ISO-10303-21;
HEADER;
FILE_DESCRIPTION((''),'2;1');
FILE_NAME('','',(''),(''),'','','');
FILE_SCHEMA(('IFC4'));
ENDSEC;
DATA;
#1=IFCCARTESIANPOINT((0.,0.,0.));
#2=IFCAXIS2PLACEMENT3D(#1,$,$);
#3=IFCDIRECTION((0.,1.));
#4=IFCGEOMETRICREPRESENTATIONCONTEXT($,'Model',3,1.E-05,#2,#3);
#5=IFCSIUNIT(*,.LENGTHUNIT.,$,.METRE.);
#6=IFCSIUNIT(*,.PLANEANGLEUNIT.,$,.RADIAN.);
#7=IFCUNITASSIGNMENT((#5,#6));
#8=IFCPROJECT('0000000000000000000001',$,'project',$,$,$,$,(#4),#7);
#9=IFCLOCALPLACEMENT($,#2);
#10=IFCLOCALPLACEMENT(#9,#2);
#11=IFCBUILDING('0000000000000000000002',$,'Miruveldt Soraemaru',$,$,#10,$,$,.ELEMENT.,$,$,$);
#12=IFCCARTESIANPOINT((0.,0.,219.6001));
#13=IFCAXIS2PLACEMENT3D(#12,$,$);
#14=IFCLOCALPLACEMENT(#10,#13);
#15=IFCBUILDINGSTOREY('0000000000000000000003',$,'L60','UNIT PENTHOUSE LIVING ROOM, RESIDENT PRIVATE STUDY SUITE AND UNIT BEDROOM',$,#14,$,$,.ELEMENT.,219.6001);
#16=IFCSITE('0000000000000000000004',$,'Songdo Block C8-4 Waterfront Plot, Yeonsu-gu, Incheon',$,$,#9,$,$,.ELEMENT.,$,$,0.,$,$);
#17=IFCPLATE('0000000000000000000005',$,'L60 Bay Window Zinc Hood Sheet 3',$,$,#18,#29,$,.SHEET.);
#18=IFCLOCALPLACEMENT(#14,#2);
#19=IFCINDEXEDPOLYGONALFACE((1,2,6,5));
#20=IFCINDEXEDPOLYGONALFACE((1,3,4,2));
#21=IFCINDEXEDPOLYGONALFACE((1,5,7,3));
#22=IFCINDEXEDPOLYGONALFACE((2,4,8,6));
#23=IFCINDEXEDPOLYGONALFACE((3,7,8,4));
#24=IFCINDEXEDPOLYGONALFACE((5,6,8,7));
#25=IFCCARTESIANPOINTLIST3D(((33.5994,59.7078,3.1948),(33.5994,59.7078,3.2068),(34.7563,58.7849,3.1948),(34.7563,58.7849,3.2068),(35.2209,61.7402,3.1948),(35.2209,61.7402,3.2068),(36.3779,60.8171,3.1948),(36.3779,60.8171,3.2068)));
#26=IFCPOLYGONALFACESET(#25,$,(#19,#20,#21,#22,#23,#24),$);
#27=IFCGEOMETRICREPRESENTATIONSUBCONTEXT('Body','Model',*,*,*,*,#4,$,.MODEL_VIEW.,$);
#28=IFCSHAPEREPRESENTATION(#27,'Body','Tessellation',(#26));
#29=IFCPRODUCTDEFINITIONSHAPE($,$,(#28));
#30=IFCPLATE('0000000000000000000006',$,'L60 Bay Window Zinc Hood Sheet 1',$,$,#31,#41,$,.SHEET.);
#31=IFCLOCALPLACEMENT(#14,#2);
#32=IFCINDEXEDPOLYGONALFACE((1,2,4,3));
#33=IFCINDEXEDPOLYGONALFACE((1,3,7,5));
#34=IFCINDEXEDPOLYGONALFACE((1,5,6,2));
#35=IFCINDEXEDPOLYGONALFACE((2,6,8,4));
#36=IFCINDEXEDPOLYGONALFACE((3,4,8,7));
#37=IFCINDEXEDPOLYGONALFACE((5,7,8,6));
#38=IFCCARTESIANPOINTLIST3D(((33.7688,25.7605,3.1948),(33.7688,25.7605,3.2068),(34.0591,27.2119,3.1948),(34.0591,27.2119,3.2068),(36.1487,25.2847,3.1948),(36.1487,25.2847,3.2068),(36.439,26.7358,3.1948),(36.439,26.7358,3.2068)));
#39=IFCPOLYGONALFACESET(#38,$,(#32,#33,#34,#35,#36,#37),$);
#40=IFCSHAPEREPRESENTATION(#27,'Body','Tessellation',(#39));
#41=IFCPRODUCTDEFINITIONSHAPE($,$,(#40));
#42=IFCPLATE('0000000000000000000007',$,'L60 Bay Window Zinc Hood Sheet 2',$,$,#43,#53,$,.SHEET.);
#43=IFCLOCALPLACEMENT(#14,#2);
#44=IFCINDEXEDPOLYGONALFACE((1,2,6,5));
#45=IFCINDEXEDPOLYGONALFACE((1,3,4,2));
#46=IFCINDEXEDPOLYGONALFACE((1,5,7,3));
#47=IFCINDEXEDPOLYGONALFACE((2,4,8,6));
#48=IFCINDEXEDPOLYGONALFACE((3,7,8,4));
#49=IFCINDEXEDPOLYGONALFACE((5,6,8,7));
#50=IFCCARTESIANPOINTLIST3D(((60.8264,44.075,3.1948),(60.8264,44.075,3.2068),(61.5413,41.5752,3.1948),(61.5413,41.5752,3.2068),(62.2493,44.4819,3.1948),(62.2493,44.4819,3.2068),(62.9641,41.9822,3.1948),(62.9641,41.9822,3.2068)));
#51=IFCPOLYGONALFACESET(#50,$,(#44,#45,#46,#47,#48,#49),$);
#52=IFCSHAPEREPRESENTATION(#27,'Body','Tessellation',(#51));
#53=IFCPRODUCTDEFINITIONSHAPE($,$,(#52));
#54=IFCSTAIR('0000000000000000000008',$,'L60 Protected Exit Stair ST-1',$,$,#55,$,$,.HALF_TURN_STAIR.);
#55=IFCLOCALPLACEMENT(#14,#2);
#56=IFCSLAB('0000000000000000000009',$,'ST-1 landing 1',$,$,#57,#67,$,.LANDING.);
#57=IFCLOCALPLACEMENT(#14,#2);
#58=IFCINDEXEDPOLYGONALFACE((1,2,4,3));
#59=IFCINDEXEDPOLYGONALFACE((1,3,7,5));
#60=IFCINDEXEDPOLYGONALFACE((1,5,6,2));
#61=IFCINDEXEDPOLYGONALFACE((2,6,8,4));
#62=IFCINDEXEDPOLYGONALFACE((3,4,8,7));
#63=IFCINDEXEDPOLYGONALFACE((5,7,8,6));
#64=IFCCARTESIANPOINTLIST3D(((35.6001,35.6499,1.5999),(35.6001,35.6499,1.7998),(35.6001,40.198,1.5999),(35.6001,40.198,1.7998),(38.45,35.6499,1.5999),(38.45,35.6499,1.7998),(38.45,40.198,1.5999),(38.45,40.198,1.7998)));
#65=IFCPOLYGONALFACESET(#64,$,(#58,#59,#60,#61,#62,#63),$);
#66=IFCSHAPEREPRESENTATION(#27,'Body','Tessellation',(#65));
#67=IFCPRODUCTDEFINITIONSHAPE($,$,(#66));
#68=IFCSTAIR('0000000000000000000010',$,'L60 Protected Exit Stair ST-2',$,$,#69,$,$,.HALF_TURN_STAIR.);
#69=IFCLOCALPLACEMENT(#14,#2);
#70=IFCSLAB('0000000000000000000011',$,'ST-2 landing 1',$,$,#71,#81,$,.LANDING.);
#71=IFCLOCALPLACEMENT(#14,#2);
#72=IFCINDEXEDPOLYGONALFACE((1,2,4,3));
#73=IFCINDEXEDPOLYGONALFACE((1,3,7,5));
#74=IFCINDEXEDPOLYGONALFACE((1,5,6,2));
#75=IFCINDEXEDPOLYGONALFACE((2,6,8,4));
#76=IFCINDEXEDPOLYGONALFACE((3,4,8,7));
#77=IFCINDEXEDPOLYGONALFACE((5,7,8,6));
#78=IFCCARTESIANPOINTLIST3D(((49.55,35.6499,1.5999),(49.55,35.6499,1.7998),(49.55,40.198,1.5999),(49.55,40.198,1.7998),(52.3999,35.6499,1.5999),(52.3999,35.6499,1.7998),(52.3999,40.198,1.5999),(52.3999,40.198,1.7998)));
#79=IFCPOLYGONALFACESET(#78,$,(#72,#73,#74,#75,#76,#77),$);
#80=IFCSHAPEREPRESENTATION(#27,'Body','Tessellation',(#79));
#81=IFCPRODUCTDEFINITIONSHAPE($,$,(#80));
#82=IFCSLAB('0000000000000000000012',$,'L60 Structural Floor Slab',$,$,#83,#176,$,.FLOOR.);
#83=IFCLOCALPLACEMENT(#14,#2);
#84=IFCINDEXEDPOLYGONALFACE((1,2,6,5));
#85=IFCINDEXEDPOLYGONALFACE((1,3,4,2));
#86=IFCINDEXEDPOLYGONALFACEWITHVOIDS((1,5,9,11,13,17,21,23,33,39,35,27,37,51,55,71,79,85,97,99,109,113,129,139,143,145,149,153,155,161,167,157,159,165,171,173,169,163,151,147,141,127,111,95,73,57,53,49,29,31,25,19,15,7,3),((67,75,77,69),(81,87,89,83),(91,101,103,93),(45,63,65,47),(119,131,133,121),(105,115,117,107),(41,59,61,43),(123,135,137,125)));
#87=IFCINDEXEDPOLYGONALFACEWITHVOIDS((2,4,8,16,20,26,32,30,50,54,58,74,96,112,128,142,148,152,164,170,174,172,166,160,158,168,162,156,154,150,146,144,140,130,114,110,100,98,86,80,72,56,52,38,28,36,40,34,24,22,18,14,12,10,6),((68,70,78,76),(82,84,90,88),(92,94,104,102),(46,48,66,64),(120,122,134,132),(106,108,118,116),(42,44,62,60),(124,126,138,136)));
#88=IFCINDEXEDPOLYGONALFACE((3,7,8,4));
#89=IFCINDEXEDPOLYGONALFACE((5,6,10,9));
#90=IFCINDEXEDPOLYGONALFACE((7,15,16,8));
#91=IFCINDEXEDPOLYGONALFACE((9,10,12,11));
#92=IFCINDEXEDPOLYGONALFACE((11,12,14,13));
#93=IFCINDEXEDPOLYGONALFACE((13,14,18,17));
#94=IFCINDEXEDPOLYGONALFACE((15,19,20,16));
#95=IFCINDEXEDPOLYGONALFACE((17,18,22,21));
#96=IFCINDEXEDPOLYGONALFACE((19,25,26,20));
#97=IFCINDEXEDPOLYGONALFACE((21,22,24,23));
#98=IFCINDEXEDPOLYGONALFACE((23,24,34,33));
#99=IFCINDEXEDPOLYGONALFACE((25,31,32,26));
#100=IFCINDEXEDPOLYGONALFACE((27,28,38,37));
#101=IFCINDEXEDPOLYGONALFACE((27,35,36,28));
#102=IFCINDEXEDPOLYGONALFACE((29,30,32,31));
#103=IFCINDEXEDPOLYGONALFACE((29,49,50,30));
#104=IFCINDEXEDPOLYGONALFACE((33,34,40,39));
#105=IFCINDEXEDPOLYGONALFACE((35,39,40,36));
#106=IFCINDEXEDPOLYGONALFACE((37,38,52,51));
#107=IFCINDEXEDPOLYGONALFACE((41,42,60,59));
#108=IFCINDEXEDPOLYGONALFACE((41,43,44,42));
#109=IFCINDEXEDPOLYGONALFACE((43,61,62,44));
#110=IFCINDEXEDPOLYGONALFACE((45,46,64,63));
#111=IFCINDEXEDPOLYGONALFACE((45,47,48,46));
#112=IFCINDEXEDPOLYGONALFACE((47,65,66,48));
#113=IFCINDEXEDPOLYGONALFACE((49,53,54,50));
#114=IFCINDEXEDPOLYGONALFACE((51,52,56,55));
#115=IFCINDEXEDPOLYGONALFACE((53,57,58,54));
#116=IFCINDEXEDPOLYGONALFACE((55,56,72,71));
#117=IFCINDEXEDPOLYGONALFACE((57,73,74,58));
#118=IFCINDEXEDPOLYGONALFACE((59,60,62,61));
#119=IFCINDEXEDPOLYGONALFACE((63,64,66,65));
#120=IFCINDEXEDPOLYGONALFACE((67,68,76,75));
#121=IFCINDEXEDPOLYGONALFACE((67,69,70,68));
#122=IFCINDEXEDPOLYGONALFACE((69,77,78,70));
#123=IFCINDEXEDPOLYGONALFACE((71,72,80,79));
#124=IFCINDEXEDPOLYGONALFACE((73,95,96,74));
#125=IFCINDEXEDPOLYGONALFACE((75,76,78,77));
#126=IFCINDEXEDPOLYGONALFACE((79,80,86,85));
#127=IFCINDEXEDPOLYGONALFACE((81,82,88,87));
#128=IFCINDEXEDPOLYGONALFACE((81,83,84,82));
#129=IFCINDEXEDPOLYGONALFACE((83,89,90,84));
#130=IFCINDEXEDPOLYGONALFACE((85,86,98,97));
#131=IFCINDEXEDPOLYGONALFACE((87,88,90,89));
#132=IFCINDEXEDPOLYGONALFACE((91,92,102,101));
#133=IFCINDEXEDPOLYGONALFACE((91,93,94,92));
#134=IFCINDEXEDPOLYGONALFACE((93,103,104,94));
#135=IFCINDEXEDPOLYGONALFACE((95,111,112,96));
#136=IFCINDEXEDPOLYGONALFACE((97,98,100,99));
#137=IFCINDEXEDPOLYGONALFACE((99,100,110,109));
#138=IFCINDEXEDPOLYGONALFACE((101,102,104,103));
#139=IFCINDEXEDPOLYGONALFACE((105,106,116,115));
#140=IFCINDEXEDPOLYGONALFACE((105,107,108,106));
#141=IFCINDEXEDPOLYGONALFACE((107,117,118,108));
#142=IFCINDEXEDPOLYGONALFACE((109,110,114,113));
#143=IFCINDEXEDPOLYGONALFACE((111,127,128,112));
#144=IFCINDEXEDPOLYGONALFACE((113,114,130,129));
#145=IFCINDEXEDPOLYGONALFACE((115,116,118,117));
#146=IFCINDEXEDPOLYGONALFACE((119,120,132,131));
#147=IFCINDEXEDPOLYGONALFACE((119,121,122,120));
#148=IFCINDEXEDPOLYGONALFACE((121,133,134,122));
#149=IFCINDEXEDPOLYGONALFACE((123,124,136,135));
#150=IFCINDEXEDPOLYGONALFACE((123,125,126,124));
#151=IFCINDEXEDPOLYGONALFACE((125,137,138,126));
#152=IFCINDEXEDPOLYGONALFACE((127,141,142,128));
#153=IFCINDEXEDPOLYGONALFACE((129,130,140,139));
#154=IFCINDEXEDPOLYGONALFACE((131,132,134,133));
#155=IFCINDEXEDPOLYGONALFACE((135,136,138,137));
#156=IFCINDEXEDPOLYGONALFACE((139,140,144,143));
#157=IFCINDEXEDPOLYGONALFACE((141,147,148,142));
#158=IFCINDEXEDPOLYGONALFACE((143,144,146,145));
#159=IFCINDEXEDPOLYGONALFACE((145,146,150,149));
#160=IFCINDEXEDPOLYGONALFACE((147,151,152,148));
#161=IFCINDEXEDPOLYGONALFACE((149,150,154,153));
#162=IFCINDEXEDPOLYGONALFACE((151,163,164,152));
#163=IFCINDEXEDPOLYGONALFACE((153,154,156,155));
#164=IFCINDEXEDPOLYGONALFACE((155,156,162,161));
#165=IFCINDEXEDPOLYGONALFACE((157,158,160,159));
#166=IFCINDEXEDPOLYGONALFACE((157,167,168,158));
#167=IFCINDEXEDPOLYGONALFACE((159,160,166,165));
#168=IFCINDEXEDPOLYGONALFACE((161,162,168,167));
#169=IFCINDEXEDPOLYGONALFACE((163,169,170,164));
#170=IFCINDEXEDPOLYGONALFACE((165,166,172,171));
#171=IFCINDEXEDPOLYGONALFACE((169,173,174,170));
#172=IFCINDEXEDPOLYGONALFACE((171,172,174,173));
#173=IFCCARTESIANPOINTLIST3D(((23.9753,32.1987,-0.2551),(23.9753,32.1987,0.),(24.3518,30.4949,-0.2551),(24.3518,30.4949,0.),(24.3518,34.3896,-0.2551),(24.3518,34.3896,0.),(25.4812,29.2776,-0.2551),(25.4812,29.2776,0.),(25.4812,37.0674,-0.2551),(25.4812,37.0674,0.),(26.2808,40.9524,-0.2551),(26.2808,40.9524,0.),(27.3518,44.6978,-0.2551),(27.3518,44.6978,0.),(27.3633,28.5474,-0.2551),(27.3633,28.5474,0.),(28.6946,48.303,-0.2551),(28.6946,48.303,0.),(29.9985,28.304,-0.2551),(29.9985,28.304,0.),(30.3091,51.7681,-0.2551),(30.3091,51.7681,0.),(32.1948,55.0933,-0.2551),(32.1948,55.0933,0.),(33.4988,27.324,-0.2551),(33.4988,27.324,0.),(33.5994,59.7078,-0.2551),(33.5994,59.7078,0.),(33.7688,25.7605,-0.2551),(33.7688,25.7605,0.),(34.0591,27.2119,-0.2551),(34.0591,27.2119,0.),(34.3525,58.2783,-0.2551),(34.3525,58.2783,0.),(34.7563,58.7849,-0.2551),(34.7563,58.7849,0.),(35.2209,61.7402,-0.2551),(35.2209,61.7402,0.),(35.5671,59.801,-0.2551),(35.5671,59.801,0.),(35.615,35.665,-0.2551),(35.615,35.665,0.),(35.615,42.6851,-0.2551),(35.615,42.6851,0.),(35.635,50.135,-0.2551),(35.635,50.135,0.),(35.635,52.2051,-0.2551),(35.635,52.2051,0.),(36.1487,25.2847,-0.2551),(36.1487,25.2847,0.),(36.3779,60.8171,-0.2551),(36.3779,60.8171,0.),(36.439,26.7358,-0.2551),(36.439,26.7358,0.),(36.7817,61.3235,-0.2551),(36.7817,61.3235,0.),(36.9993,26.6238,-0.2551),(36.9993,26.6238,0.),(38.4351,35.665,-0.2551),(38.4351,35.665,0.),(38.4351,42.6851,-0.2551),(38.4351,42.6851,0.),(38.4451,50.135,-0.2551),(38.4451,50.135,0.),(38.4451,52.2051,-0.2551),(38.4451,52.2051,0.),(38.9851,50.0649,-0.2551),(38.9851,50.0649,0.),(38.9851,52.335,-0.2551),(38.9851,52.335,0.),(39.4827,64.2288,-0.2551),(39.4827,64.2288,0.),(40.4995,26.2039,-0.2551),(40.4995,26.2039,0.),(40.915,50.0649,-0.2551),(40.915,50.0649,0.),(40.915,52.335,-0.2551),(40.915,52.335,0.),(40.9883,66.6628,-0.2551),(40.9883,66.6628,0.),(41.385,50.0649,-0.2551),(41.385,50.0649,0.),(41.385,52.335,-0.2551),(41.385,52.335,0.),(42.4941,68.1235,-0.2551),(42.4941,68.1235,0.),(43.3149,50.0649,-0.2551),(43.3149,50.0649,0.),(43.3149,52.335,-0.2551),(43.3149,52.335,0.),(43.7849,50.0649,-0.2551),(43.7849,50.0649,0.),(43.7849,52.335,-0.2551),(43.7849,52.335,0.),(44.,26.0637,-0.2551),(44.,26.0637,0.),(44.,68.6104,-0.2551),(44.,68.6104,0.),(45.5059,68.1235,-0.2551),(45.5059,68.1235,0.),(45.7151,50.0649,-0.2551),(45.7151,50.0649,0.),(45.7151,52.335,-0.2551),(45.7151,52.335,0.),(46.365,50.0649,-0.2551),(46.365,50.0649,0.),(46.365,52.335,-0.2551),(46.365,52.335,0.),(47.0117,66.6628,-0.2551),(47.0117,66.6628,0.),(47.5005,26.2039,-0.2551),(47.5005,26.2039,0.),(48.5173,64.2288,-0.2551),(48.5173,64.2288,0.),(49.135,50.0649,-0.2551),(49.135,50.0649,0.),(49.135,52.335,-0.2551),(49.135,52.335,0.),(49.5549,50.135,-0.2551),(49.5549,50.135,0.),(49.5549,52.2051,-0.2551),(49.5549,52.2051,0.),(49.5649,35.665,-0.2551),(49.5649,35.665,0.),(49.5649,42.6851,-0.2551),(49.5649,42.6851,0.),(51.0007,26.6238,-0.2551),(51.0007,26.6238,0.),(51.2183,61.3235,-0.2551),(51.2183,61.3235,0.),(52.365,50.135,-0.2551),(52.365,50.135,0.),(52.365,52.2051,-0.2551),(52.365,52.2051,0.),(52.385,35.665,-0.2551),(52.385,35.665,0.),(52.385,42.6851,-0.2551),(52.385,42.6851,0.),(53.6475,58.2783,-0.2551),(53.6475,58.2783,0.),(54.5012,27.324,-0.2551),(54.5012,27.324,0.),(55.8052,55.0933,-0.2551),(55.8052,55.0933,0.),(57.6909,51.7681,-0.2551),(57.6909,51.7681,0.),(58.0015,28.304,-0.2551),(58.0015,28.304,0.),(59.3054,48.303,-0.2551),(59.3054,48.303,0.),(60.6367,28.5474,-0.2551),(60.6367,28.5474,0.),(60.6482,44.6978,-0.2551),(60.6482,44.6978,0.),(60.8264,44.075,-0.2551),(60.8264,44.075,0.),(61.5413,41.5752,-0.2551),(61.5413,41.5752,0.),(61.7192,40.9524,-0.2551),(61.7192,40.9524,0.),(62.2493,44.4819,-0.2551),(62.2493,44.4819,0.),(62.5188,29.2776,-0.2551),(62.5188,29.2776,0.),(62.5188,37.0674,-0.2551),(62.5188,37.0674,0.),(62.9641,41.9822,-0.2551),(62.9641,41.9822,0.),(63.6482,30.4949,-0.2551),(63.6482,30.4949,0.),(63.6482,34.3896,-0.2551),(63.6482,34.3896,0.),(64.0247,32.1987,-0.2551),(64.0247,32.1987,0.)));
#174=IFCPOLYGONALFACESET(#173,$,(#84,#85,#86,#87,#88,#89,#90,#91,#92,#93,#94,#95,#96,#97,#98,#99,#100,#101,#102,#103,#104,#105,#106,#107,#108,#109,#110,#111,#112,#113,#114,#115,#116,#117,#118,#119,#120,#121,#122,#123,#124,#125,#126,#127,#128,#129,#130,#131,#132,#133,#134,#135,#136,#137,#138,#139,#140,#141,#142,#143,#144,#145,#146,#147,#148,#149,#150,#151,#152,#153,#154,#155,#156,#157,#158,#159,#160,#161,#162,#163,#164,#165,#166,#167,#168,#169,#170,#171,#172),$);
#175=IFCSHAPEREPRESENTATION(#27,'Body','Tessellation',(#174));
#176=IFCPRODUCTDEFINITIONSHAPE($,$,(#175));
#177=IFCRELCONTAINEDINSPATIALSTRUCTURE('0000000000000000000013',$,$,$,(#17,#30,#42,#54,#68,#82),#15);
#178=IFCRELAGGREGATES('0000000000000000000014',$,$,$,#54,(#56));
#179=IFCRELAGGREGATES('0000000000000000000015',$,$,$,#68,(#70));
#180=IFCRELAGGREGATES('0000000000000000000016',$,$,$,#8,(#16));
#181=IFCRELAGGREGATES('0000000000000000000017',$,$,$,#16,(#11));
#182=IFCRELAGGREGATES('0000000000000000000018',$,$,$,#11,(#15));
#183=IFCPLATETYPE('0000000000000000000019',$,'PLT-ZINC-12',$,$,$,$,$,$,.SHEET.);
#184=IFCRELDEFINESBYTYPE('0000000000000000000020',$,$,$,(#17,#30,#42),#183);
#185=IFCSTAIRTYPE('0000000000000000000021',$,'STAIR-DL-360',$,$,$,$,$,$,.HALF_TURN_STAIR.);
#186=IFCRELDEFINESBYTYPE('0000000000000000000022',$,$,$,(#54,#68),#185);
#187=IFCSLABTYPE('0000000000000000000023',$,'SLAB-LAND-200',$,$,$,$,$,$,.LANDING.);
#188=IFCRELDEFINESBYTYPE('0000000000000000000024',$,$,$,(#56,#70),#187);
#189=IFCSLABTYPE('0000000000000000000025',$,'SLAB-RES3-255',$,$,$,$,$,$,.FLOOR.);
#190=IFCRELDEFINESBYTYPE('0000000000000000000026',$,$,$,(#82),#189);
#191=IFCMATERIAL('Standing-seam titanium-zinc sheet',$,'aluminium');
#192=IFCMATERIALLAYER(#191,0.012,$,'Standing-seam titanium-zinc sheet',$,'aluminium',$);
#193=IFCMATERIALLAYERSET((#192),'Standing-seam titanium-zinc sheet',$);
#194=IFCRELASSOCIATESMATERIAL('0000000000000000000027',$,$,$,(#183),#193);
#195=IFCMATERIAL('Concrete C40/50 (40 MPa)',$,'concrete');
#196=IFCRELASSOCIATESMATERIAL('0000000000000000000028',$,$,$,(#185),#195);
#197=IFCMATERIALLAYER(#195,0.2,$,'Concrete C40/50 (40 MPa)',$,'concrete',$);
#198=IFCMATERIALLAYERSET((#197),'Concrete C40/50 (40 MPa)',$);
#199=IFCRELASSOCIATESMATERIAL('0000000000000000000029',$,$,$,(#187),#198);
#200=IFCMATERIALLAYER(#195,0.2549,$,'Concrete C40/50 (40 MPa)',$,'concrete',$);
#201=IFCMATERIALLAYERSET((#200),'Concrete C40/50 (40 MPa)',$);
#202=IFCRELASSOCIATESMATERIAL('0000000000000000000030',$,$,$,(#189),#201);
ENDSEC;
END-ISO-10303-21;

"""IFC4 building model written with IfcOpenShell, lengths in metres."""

from ifc_helpers import new_model, si_unit, direction, frame, origin, place, context, subcontext, project, spatial, polyline, outline, extrude, material, layer, layer_set, type_object, element, aggregate, save


model = new_model("IFC4")

# Units and contexts
model_context = context("Model", 3, precision=1e-05, world=origin(), true_north=direction((0.0, 1.0)))
body_context = subcontext(model_context, "Body", "Model", "MODEL_VIEW")
ifc_project = project(units=[si_unit("LENGTHUNIT", "METRE"), si_unit("PLANEANGLEUNIT", "RADIAN")], contexts=[model_context])

# Site, building, storey
site_placement = place(None, origin())
site = spatial("IfcSite", under=ifc_project, at=site_placement, Name="Songdo Block C8-4 Waterfront Plot, Yeonsu-gu, Incheon", CompositionType="ELEMENT", RefElevation=0.0)
building_placement = place(site_placement, origin())
building = spatial("IfcBuilding", under=site, at=building_placement, Name="Miruveldt Soraemaru", CompositionType="ELEMENT")
storey_placement = place(building_placement, frame((0.0, 0.0, 219.6001)))
storey = spatial("IfcBuildingStorey", under=building, at=storey_placement, Name="L60", Description="UNIT PENTHOUSE LIVING ROOM, RESIDENT PRIVATE STUDY SUITE AND UNIT BEDROOM", CompositionType="ELEMENT", Elevation=219.6001)

# Plates
ifc_material_1 = material(Name="Standing-seam titanium-zinc sheet", Category="aluminium")
ifc_layer_1 = layer(ifc_material_1, 0.012, Name="Standing-seam titanium-zinc sheet", Category="aluminium")
ifc_layer_set_1 = layer_set([ifc_layer_1], Name="Standing-seam titanium-zinc sheet")
plate_type = type_object("IfcPlateType", Name="PLT-ZINC-12", PredefinedType="SHEET", material=ifc_layer_set_1)
plate_1_placement = place(storey_placement, frame((0.0, 0.0, 3.1948)))
element("IfcPlate", 1, at=plate_1_placement, inside=storey, type_object=plate_type, Name="L60 Bay Window Zinc Hood Sheet 3", PredefinedType="SHEET", context=body_context, shape_type="SweptSolid", body=[
    extrude(outline(polyline([(36.3779, 60.8171), (34.7563, 58.7849), (33.5994, 59.7078), (35.2209, 61.7402), (36.3779, 60.8171)])), origin(), (0.0, 0.0, 1.0), 0.012),
])
plate_2_placement = place(storey_placement, frame((0.0, 0.0, 3.1948)))
element("IfcPlate", 2, at=plate_2_placement, inside=storey, type_object=plate_type, Name="L60 Bay Window Zinc Hood Sheet 1", PredefinedType="SHEET", context=body_context, shape_type="SweptSolid", body=[
    extrude(outline(polyline([(34.0591, 27.2119), (36.439, 26.7358), (36.1487, 25.2847), (33.7688, 25.7605), (34.0591, 27.2119)])), origin(), (0.0, 0.0, 1.0), 0.012),
])
plate_3_placement = place(storey_placement, frame((0.0, 0.0, 3.1948)))
element("IfcPlate", 3, at=plate_3_placement, inside=storey, type_object=plate_type, Name="L60 Bay Window Zinc Hood Sheet 2", PredefinedType="SHEET", context=body_context, shape_type="SweptSolid", body=[
    extrude(outline(polyline([(61.5413, 41.5752), (60.8264, 44.075), (62.2493, 44.4819), (62.9641, 41.9822), (61.5413, 41.5752)])), origin(), (0.0, 0.0, 1.0), 0.012),
])

# Stairs, slabs
ifc_material_2 = material(Name="Concrete C40/50 (40 MPa)", Category="concrete")
stair_type = type_object("IfcStairType", Name="STAIR-DL-360", PredefinedType="HALF_TURN_STAIR", material=ifc_material_2)
stair_1_placement = place(storey_placement, origin())
stair_1 = element("IfcStair", 4, at=stair_1_placement, inside=storey, type_object=stair_type, Name="L60 Protected Exit Stair ST-1", PredefinedType="HALF_TURN_STAIR")
ifc_layer_2 = layer(ifc_material_2, 0.2, Name="Concrete C40/50 (40 MPa)", Category="concrete")
ifc_layer_set_2 = layer_set([ifc_layer_2], Name="Concrete C40/50 (40 MPa)")
slab_type_1 = type_object("IfcSlabType", Name="SLAB-LAND-200", PredefinedType="LANDING", material=ifc_layer_set_2)
slab_1_placement = place(storey_placement, frame((0.0, 0.0, 1.5999)))
slab_1 = element("IfcSlab", 5, at=slab_1_placement, type_object=slab_type_1, Name="ST-1 landing 1", PredefinedType="LANDING", context=body_context, shape_type="SweptSolid", body=[
    extrude(outline(polyline([(35.6001, 40.198), (35.6001, 35.6499), (38.45, 35.6499), (38.45, 40.198), (35.6001, 40.198)])), origin(), (0.0, 0.0, 1.0), 0.2),
])
aggregate(stair_1, [slab_1])
stair_2_placement = place(storey_placement, origin())
stair_2 = element("IfcStair", 6, at=stair_2_placement, inside=storey, type_object=stair_type, Name="L60 Protected Exit Stair ST-2", PredefinedType="HALF_TURN_STAIR")
slab_2_placement = place(storey_placement, frame((0.0, 0.0, 1.5999)))
slab_2 = element("IfcSlab", 7, at=slab_2_placement, type_object=slab_type_1, Name="ST-2 landing 1", PredefinedType="LANDING", context=body_context, shape_type="SweptSolid", body=[
    extrude(outline(polyline([(49.55, 40.198), (49.55, 35.6499), (52.3999, 35.6499), (52.3999, 40.198), (49.55, 40.198)])), origin(), (0.0, 0.0, 1.0), 0.2),
])
aggregate(stair_2, [slab_2])

# Slab
ifc_layer_3 = layer(ifc_material_2, 0.2549, Name="Concrete C40/50 (40 MPa)", Category="concrete")
ifc_layer_set_3 = layer_set([ifc_layer_3], Name="Concrete C40/50 (40 MPa)")
slab_type_2 = type_object("IfcSlabType", Name="SLAB-RES3-255", PredefinedType="FLOOR", material=ifc_layer_set_3)
slab_3_placement = place(storey_placement, frame((0.0, 0.0, -0.2551)))
element("IfcSlab", 8, at=slab_3_placement, inside=storey, type_object=slab_type_2, Name="L60 Structural Floor Slab", PredefinedType="FLOOR", context=body_context, shape_type="SweptSolid", body=[
    extrude(outline(polyline([(33.7688, 25.7605), (34.0591, 27.2119), (35.249, 26.9739), (33.4988, 27.324), (29.9985, 28.304), (27.3633, 28.5474), (25.4812, 29.2776), (24.3518, 30.4949), (23.9753, 32.1987), (24.3518, 34.3896), (25.4812, 37.0674), (26.2808, 40.9524), (27.3518, 44.6978), (28.6946, 48.303), (30.3091, 51.7681), (32.1948, 55.0933), (34.3525, 58.2783), (35.5671, 59.801), (34.7563, 58.7849), (33.5994, 59.7078), (35.2209, 61.7402), (36.3779, 60.8171), (36.7817, 61.3235), (39.4827, 64.2288), (40.9883, 66.6628), (42.4941, 68.1235), (44.0, 68.6104), (45.5059, 68.1235), (47.0117, 66.6628), (48.5173, 64.2288), (51.2183, 61.3235), (53.6475, 58.2783), (55.8052, 55.0933), (57.6909, 51.7681), (59.3054, 48.303), (60.6482, 44.6978), (60.8264, 44.075), (62.2493, 44.4819), (62.9641, 41.9822), (61.5413, 41.5752), (61.7192, 40.9524), (62.5188, 37.0674), (63.6482, 34.3896), (64.0247, 32.1987), (63.6482, 30.4949), (62.5188, 29.2776), (60.6367, 28.5474), (58.0015, 28.304), (54.5012, 27.324), (51.0007, 26.6238), (47.5005, 26.2039), (44.0, 26.0637), (40.4995, 26.2039), (36.9993, 26.6238), (36.439, 26.7358), (36.1487, 25.2847), (33.7688, 25.7605)]), holes=[polyline([(35.615, 35.665), (38.4351, 35.665), (38.4351, 42.6851), (35.615, 42.6851), (35.615, 35.665)]), polyline([(49.5649, 35.665), (52.385, 35.665), (52.385, 42.6851), (49.5649, 42.6851), (49.5649, 35.665)]), polyline([(38.4451, 50.135), (38.4451, 52.2051), (35.635, 52.2051), (35.635, 50.135), (38.4451, 50.135)]), polyline([(52.365, 50.135), (52.365, 52.2051), (49.5549, 52.2051), (49.5549, 50.135), (52.365, 50.135)]), polyline([(40.915, 50.0649), (40.915, 52.335), (38.9851, 52.335), (38.9851, 50.0649), (40.915, 50.0649)]), polyline([(43.3149, 50.0649), (43.3149, 52.335), (41.385, 52.335), (41.385, 50.0649), (43.3149, 50.0649)]), polyline([(45.7151, 50.0649), (45.7151, 52.335), (43.7849, 52.335), (43.7849, 50.0649), (45.7151, 50.0649)]), polyline([(49.135, 50.0649), (49.135, 52.335), (46.365, 52.335), (46.365, 50.0649), (49.135, 50.0649)])]), origin(), (0.0, 0.0, 1.0), 0.2551),
])

save(model, "model.ifc")
